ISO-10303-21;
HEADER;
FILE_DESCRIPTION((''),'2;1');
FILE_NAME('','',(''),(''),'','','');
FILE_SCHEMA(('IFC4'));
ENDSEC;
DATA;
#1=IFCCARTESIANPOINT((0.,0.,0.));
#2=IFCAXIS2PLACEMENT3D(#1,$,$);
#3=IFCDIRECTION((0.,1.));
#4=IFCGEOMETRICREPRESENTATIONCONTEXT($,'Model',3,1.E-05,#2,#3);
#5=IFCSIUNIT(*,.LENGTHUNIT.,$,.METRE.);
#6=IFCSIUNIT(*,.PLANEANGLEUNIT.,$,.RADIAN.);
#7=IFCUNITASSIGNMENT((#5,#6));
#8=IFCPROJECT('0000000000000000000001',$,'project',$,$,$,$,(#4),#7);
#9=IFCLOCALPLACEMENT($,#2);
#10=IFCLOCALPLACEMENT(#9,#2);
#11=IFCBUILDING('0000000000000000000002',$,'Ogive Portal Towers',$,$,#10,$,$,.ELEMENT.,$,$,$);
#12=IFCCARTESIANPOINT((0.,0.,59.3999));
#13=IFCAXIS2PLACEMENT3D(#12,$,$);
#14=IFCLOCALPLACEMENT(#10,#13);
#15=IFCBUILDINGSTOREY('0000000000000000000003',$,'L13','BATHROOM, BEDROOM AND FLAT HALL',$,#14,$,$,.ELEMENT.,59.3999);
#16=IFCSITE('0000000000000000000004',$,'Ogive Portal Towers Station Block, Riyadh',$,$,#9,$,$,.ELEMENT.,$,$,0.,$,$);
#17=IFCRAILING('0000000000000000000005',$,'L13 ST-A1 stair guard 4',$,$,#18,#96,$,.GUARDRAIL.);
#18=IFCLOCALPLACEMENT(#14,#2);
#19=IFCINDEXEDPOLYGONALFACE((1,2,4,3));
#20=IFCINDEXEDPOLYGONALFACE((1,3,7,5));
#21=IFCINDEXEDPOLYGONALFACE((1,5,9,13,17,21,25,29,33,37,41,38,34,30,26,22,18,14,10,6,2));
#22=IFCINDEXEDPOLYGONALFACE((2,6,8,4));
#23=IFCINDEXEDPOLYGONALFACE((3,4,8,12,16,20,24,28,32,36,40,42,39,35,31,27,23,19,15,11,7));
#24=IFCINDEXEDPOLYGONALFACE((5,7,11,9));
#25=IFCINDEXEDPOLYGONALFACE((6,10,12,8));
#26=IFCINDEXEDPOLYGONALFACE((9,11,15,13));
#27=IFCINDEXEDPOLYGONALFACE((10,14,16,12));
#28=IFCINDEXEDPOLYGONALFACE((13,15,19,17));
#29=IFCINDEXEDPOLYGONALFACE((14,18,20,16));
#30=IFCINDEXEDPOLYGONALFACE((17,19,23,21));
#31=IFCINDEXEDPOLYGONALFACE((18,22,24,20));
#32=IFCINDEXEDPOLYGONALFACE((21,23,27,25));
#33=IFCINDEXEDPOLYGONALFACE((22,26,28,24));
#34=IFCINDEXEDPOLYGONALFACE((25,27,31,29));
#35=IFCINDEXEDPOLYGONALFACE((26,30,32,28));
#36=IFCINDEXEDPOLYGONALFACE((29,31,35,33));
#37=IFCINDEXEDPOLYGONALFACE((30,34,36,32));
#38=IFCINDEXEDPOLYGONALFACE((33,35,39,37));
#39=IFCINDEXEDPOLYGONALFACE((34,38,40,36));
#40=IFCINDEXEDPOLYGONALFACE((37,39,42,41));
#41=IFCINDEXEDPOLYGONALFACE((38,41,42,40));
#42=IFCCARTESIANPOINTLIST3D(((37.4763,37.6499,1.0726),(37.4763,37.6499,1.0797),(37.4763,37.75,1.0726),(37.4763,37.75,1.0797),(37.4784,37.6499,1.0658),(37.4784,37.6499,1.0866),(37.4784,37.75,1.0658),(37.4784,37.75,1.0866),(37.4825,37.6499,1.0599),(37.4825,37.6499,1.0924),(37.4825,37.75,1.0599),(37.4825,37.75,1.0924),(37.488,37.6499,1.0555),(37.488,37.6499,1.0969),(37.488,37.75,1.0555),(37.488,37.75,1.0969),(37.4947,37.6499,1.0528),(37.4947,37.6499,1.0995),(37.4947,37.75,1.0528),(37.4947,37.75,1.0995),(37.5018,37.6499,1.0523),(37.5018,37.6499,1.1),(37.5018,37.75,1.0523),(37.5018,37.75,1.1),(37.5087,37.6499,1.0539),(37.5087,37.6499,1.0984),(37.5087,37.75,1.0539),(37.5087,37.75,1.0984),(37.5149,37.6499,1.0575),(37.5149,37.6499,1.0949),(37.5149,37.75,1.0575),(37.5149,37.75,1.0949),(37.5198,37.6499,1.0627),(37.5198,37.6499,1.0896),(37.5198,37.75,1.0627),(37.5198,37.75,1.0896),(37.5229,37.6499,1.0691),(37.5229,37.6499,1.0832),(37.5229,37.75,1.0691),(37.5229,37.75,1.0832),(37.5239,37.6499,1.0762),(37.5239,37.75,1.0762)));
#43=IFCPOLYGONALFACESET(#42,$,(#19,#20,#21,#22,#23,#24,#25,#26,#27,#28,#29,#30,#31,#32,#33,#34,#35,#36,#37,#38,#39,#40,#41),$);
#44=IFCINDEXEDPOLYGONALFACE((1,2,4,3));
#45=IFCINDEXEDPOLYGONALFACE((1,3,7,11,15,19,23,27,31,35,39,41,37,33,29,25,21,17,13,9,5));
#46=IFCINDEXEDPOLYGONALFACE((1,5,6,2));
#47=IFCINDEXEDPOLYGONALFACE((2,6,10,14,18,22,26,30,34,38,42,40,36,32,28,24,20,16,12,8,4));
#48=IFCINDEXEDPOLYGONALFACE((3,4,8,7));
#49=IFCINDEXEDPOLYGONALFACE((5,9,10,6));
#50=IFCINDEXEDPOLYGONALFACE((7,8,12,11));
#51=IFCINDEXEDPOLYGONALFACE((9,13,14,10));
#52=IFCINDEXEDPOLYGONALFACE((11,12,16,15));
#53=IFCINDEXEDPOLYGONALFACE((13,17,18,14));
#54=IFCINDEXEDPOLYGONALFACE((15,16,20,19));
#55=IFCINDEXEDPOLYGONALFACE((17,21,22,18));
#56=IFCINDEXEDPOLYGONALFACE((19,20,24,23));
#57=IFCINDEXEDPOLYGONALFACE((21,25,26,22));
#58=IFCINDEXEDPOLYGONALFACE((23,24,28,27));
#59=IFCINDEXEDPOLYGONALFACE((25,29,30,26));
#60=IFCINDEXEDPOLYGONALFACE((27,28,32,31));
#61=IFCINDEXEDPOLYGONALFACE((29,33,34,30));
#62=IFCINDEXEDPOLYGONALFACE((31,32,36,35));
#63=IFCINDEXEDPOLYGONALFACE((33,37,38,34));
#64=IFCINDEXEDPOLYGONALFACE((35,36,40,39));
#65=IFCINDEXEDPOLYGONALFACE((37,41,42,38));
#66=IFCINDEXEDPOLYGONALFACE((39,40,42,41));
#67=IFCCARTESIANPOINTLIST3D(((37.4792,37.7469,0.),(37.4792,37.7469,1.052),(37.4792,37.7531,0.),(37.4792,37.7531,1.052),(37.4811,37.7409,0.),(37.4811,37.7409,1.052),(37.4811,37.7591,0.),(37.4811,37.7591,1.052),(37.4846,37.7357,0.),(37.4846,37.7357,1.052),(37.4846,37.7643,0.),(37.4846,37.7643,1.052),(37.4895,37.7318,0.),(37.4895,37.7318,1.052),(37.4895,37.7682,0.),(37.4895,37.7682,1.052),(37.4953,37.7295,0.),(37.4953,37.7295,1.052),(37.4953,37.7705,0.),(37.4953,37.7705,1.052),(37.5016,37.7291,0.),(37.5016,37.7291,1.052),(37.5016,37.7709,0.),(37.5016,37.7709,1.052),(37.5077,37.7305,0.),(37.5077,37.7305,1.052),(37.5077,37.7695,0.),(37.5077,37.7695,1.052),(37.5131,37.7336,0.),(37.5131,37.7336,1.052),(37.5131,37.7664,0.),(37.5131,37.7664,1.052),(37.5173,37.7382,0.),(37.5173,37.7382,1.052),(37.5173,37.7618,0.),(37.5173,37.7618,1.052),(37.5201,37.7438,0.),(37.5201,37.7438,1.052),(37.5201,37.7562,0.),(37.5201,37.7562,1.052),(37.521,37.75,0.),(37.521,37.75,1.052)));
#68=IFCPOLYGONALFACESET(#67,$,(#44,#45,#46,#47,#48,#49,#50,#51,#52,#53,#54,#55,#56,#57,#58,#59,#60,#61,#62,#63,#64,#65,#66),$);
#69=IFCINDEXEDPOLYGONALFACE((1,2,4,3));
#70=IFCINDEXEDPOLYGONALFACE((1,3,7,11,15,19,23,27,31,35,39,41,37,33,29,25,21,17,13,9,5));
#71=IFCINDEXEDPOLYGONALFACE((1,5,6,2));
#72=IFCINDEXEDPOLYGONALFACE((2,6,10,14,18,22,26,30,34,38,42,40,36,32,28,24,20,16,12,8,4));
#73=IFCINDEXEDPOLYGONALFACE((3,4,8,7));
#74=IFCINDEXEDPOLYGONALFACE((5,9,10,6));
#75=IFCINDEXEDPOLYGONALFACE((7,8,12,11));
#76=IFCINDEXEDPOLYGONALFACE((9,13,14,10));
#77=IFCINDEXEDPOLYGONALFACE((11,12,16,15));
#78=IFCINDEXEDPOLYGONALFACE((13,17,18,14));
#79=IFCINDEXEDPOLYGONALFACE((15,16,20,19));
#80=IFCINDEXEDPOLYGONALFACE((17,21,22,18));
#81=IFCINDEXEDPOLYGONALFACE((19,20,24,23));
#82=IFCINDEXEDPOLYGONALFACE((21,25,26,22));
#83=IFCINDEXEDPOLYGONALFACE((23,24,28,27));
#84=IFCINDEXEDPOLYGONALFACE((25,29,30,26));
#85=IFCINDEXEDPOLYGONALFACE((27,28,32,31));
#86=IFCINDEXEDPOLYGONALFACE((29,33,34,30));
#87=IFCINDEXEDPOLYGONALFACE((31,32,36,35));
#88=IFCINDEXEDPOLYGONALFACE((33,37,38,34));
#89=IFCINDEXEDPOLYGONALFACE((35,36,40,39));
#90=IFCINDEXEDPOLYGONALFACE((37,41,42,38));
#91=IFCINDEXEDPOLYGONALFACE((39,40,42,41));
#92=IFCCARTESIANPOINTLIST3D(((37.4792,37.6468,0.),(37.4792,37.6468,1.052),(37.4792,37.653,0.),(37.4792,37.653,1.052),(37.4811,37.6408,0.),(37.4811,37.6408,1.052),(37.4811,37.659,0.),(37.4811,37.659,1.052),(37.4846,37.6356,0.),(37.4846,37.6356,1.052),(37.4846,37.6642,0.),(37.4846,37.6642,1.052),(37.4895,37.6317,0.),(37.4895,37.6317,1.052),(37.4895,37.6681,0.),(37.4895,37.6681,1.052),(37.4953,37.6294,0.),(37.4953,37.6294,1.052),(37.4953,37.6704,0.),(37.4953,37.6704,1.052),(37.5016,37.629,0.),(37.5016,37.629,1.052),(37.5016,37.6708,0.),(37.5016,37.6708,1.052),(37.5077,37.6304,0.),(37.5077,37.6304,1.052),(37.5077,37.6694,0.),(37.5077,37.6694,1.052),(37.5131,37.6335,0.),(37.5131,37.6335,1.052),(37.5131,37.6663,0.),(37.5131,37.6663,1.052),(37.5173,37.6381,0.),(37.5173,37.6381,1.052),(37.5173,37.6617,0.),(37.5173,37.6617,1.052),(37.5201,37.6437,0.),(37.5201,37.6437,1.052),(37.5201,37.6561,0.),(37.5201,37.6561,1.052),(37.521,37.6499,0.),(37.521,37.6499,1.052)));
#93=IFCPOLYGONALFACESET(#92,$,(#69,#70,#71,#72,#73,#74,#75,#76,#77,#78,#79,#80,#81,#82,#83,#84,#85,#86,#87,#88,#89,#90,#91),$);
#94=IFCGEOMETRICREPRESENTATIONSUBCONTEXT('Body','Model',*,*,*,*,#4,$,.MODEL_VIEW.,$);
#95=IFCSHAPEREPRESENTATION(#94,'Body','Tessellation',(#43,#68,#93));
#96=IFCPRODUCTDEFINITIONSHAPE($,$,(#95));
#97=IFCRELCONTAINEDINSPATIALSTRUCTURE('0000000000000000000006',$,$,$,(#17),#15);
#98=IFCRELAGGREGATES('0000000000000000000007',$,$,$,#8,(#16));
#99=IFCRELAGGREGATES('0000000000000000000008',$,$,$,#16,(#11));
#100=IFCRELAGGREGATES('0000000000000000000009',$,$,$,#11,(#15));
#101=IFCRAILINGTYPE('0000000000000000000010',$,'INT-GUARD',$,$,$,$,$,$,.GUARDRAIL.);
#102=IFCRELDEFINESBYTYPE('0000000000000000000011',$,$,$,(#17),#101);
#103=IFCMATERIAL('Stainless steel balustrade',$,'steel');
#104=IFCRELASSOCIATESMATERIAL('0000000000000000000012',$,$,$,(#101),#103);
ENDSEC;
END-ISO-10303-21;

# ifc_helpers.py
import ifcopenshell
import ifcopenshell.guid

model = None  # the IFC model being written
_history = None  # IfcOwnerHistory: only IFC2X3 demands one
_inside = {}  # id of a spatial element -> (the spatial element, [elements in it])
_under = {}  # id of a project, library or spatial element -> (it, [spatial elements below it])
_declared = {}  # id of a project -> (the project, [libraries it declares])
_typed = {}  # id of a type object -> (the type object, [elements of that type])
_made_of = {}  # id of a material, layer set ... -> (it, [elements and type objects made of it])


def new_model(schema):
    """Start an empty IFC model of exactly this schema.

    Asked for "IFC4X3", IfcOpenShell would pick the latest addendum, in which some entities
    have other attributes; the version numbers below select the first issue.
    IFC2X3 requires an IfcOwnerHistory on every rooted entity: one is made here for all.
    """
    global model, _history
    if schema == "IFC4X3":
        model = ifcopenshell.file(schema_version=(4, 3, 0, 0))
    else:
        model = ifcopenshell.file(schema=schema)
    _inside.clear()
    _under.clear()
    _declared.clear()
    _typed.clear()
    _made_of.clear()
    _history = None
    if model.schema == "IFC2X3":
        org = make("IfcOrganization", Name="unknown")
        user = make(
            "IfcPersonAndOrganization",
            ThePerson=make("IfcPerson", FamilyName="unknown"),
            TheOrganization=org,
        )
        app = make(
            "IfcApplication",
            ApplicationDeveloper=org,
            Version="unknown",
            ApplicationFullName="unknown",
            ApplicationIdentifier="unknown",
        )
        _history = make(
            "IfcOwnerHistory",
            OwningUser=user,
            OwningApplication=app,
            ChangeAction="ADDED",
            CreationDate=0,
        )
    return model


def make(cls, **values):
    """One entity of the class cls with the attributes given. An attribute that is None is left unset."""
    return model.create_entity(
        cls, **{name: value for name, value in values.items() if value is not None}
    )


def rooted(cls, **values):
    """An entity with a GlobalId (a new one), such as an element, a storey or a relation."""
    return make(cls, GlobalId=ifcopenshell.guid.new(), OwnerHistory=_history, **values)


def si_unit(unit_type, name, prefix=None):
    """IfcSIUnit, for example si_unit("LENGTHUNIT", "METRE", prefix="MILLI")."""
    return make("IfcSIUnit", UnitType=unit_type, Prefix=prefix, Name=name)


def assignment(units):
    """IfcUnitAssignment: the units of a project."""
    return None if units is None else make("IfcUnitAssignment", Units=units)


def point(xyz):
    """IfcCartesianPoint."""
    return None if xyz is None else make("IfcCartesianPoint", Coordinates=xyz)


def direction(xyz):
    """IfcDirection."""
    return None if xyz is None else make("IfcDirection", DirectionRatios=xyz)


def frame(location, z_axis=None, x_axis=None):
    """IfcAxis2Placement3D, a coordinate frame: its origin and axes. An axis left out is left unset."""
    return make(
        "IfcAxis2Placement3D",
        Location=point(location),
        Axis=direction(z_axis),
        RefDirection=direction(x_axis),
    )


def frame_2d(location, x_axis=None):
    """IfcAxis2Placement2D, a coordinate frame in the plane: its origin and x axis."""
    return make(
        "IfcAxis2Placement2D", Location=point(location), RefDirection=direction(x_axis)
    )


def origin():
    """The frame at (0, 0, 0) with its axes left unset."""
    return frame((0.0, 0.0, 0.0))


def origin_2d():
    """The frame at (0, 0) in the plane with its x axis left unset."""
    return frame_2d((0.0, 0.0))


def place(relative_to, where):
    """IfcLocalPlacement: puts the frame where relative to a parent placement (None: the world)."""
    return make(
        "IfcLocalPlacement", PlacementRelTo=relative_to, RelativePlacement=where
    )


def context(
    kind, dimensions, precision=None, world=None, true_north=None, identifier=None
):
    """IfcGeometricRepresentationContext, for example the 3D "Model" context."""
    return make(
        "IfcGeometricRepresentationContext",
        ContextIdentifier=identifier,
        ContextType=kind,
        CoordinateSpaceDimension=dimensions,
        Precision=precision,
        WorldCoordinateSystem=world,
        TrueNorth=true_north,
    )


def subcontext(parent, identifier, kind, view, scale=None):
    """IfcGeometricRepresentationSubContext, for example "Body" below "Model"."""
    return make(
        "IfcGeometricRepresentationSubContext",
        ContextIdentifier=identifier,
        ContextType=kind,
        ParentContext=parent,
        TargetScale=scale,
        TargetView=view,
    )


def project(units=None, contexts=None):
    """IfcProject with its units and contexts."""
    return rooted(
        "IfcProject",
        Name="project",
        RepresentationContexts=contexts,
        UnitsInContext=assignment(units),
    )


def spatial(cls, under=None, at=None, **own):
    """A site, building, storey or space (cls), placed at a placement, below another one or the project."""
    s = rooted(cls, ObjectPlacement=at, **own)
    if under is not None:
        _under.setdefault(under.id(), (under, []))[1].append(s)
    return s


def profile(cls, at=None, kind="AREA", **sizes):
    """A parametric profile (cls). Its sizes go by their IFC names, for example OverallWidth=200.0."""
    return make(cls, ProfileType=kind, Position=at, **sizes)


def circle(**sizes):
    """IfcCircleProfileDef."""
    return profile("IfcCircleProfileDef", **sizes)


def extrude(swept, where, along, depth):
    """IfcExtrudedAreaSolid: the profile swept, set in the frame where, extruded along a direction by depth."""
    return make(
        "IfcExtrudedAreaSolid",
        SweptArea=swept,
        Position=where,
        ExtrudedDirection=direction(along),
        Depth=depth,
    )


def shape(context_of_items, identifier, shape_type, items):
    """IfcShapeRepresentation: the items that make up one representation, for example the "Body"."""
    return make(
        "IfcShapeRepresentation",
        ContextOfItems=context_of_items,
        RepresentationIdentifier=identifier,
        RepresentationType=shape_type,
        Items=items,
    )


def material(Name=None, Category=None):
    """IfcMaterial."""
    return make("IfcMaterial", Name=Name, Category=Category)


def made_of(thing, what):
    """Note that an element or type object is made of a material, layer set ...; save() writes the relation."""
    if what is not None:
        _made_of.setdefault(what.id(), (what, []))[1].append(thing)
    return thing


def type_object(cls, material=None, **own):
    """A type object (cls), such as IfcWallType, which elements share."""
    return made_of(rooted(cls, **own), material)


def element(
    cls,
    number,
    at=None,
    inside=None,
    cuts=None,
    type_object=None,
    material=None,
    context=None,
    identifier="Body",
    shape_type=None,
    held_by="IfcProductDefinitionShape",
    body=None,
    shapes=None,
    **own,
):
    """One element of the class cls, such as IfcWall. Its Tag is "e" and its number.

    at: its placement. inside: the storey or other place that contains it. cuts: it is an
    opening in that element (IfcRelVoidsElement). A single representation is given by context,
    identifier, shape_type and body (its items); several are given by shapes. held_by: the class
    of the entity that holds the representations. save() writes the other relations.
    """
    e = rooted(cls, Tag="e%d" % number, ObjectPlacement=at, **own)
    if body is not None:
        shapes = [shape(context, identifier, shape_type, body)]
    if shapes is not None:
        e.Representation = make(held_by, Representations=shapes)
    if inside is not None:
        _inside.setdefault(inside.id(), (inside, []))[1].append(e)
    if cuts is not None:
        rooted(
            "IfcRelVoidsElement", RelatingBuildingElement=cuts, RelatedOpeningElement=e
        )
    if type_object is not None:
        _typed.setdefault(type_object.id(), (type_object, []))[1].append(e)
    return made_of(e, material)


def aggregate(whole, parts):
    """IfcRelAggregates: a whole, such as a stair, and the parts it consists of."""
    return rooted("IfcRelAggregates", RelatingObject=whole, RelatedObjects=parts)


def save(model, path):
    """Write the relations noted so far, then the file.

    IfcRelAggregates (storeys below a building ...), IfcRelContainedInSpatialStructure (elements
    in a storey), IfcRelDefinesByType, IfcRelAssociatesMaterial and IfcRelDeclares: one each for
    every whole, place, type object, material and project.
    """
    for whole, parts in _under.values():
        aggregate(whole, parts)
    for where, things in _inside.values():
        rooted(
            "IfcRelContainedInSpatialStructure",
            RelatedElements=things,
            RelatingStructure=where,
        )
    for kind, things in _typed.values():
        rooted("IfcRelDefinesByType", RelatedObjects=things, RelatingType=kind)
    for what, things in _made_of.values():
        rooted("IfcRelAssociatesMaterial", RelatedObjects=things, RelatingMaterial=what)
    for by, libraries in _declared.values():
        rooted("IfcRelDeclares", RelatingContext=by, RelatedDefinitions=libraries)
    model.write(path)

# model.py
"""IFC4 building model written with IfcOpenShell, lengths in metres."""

from ifc_helpers import new_model, si_unit, direction, frame, origin, origin_2d, place, context, subcontext, project, spatial, circle, extrude, material, type_object, element, save


model = new_model("IFC4")

# Units and contexts
model_context = context("Model", 3, precision=1e-05, world=origin(), true_north=direction((0.0, 1.0)))
body_context = subcontext(model_context, "Body", "Model", "MODEL_VIEW")
ifc_project = project(units=[si_unit("LENGTHUNIT", "METRE"), si_unit("PLANEANGLEUNIT", "RADIAN")], contexts=[model_context])

# Site, building, storey
site_placement = place(None, origin())
site = spatial("IfcSite", under=ifc_project, at=site_placement, Name="Ogive Portal Towers Station Block, Riyadh", CompositionType="ELEMENT", RefElevation=0.0)
building_placement = place(site_placement, origin())
building = spatial("IfcBuilding", under=site, at=building_placement, Name="Ogive Portal Towers", CompositionType="ELEMENT")
storey_placement = place(building_placement, frame((0.0, 0.0, 59.3999)))
storey = spatial("IfcBuildingStorey", under=building, at=storey_placement, Name="L13", Description="BATHROOM, BEDROOM AND FLAT HALL", CompositionType="ELEMENT", Elevation=59.3999)

# Railing
ifc_material_1 = material(Name="Stainless steel balustrade", Category="steel")
railing_type_1 = type_object("IfcRailingType", Name="INT-GUARD", PredefinedType="GUARDRAIL", material=ifc_material_1)
railing_1_placement = place(storey_placement, frame((37.5, 37.75, 0.0)))
element("IfcRailing", 1, at=railing_1_placement, inside=storey, type_object=railing_type_1, Name="L13 ST-A1 stair guard 4", PredefinedType="GUARDRAIL", context=body_context, shape_type="SweptSolid", body=[
    extrude(circle(Radius=0.0239, at=origin_2d()), frame((0.0, 0.0, 1.0762), z_axis=(0.0, -1.0, 0.0), x_axis=(1.0, 0.0, 0.0)), (0.0, 0.0, 1.0), 0.1001),
    extrude(circle(Radius=0.021, at=origin_2d()), origin(), (0.0, 0.0, 1.0), 1.052),
    extrude(circle(Radius=0.021, at=origin_2d()), frame((0.0, -0.1001, 0.0)), (0.0, 0.0, 1.0), 1.052),
])

save(model, "model.ifc")
